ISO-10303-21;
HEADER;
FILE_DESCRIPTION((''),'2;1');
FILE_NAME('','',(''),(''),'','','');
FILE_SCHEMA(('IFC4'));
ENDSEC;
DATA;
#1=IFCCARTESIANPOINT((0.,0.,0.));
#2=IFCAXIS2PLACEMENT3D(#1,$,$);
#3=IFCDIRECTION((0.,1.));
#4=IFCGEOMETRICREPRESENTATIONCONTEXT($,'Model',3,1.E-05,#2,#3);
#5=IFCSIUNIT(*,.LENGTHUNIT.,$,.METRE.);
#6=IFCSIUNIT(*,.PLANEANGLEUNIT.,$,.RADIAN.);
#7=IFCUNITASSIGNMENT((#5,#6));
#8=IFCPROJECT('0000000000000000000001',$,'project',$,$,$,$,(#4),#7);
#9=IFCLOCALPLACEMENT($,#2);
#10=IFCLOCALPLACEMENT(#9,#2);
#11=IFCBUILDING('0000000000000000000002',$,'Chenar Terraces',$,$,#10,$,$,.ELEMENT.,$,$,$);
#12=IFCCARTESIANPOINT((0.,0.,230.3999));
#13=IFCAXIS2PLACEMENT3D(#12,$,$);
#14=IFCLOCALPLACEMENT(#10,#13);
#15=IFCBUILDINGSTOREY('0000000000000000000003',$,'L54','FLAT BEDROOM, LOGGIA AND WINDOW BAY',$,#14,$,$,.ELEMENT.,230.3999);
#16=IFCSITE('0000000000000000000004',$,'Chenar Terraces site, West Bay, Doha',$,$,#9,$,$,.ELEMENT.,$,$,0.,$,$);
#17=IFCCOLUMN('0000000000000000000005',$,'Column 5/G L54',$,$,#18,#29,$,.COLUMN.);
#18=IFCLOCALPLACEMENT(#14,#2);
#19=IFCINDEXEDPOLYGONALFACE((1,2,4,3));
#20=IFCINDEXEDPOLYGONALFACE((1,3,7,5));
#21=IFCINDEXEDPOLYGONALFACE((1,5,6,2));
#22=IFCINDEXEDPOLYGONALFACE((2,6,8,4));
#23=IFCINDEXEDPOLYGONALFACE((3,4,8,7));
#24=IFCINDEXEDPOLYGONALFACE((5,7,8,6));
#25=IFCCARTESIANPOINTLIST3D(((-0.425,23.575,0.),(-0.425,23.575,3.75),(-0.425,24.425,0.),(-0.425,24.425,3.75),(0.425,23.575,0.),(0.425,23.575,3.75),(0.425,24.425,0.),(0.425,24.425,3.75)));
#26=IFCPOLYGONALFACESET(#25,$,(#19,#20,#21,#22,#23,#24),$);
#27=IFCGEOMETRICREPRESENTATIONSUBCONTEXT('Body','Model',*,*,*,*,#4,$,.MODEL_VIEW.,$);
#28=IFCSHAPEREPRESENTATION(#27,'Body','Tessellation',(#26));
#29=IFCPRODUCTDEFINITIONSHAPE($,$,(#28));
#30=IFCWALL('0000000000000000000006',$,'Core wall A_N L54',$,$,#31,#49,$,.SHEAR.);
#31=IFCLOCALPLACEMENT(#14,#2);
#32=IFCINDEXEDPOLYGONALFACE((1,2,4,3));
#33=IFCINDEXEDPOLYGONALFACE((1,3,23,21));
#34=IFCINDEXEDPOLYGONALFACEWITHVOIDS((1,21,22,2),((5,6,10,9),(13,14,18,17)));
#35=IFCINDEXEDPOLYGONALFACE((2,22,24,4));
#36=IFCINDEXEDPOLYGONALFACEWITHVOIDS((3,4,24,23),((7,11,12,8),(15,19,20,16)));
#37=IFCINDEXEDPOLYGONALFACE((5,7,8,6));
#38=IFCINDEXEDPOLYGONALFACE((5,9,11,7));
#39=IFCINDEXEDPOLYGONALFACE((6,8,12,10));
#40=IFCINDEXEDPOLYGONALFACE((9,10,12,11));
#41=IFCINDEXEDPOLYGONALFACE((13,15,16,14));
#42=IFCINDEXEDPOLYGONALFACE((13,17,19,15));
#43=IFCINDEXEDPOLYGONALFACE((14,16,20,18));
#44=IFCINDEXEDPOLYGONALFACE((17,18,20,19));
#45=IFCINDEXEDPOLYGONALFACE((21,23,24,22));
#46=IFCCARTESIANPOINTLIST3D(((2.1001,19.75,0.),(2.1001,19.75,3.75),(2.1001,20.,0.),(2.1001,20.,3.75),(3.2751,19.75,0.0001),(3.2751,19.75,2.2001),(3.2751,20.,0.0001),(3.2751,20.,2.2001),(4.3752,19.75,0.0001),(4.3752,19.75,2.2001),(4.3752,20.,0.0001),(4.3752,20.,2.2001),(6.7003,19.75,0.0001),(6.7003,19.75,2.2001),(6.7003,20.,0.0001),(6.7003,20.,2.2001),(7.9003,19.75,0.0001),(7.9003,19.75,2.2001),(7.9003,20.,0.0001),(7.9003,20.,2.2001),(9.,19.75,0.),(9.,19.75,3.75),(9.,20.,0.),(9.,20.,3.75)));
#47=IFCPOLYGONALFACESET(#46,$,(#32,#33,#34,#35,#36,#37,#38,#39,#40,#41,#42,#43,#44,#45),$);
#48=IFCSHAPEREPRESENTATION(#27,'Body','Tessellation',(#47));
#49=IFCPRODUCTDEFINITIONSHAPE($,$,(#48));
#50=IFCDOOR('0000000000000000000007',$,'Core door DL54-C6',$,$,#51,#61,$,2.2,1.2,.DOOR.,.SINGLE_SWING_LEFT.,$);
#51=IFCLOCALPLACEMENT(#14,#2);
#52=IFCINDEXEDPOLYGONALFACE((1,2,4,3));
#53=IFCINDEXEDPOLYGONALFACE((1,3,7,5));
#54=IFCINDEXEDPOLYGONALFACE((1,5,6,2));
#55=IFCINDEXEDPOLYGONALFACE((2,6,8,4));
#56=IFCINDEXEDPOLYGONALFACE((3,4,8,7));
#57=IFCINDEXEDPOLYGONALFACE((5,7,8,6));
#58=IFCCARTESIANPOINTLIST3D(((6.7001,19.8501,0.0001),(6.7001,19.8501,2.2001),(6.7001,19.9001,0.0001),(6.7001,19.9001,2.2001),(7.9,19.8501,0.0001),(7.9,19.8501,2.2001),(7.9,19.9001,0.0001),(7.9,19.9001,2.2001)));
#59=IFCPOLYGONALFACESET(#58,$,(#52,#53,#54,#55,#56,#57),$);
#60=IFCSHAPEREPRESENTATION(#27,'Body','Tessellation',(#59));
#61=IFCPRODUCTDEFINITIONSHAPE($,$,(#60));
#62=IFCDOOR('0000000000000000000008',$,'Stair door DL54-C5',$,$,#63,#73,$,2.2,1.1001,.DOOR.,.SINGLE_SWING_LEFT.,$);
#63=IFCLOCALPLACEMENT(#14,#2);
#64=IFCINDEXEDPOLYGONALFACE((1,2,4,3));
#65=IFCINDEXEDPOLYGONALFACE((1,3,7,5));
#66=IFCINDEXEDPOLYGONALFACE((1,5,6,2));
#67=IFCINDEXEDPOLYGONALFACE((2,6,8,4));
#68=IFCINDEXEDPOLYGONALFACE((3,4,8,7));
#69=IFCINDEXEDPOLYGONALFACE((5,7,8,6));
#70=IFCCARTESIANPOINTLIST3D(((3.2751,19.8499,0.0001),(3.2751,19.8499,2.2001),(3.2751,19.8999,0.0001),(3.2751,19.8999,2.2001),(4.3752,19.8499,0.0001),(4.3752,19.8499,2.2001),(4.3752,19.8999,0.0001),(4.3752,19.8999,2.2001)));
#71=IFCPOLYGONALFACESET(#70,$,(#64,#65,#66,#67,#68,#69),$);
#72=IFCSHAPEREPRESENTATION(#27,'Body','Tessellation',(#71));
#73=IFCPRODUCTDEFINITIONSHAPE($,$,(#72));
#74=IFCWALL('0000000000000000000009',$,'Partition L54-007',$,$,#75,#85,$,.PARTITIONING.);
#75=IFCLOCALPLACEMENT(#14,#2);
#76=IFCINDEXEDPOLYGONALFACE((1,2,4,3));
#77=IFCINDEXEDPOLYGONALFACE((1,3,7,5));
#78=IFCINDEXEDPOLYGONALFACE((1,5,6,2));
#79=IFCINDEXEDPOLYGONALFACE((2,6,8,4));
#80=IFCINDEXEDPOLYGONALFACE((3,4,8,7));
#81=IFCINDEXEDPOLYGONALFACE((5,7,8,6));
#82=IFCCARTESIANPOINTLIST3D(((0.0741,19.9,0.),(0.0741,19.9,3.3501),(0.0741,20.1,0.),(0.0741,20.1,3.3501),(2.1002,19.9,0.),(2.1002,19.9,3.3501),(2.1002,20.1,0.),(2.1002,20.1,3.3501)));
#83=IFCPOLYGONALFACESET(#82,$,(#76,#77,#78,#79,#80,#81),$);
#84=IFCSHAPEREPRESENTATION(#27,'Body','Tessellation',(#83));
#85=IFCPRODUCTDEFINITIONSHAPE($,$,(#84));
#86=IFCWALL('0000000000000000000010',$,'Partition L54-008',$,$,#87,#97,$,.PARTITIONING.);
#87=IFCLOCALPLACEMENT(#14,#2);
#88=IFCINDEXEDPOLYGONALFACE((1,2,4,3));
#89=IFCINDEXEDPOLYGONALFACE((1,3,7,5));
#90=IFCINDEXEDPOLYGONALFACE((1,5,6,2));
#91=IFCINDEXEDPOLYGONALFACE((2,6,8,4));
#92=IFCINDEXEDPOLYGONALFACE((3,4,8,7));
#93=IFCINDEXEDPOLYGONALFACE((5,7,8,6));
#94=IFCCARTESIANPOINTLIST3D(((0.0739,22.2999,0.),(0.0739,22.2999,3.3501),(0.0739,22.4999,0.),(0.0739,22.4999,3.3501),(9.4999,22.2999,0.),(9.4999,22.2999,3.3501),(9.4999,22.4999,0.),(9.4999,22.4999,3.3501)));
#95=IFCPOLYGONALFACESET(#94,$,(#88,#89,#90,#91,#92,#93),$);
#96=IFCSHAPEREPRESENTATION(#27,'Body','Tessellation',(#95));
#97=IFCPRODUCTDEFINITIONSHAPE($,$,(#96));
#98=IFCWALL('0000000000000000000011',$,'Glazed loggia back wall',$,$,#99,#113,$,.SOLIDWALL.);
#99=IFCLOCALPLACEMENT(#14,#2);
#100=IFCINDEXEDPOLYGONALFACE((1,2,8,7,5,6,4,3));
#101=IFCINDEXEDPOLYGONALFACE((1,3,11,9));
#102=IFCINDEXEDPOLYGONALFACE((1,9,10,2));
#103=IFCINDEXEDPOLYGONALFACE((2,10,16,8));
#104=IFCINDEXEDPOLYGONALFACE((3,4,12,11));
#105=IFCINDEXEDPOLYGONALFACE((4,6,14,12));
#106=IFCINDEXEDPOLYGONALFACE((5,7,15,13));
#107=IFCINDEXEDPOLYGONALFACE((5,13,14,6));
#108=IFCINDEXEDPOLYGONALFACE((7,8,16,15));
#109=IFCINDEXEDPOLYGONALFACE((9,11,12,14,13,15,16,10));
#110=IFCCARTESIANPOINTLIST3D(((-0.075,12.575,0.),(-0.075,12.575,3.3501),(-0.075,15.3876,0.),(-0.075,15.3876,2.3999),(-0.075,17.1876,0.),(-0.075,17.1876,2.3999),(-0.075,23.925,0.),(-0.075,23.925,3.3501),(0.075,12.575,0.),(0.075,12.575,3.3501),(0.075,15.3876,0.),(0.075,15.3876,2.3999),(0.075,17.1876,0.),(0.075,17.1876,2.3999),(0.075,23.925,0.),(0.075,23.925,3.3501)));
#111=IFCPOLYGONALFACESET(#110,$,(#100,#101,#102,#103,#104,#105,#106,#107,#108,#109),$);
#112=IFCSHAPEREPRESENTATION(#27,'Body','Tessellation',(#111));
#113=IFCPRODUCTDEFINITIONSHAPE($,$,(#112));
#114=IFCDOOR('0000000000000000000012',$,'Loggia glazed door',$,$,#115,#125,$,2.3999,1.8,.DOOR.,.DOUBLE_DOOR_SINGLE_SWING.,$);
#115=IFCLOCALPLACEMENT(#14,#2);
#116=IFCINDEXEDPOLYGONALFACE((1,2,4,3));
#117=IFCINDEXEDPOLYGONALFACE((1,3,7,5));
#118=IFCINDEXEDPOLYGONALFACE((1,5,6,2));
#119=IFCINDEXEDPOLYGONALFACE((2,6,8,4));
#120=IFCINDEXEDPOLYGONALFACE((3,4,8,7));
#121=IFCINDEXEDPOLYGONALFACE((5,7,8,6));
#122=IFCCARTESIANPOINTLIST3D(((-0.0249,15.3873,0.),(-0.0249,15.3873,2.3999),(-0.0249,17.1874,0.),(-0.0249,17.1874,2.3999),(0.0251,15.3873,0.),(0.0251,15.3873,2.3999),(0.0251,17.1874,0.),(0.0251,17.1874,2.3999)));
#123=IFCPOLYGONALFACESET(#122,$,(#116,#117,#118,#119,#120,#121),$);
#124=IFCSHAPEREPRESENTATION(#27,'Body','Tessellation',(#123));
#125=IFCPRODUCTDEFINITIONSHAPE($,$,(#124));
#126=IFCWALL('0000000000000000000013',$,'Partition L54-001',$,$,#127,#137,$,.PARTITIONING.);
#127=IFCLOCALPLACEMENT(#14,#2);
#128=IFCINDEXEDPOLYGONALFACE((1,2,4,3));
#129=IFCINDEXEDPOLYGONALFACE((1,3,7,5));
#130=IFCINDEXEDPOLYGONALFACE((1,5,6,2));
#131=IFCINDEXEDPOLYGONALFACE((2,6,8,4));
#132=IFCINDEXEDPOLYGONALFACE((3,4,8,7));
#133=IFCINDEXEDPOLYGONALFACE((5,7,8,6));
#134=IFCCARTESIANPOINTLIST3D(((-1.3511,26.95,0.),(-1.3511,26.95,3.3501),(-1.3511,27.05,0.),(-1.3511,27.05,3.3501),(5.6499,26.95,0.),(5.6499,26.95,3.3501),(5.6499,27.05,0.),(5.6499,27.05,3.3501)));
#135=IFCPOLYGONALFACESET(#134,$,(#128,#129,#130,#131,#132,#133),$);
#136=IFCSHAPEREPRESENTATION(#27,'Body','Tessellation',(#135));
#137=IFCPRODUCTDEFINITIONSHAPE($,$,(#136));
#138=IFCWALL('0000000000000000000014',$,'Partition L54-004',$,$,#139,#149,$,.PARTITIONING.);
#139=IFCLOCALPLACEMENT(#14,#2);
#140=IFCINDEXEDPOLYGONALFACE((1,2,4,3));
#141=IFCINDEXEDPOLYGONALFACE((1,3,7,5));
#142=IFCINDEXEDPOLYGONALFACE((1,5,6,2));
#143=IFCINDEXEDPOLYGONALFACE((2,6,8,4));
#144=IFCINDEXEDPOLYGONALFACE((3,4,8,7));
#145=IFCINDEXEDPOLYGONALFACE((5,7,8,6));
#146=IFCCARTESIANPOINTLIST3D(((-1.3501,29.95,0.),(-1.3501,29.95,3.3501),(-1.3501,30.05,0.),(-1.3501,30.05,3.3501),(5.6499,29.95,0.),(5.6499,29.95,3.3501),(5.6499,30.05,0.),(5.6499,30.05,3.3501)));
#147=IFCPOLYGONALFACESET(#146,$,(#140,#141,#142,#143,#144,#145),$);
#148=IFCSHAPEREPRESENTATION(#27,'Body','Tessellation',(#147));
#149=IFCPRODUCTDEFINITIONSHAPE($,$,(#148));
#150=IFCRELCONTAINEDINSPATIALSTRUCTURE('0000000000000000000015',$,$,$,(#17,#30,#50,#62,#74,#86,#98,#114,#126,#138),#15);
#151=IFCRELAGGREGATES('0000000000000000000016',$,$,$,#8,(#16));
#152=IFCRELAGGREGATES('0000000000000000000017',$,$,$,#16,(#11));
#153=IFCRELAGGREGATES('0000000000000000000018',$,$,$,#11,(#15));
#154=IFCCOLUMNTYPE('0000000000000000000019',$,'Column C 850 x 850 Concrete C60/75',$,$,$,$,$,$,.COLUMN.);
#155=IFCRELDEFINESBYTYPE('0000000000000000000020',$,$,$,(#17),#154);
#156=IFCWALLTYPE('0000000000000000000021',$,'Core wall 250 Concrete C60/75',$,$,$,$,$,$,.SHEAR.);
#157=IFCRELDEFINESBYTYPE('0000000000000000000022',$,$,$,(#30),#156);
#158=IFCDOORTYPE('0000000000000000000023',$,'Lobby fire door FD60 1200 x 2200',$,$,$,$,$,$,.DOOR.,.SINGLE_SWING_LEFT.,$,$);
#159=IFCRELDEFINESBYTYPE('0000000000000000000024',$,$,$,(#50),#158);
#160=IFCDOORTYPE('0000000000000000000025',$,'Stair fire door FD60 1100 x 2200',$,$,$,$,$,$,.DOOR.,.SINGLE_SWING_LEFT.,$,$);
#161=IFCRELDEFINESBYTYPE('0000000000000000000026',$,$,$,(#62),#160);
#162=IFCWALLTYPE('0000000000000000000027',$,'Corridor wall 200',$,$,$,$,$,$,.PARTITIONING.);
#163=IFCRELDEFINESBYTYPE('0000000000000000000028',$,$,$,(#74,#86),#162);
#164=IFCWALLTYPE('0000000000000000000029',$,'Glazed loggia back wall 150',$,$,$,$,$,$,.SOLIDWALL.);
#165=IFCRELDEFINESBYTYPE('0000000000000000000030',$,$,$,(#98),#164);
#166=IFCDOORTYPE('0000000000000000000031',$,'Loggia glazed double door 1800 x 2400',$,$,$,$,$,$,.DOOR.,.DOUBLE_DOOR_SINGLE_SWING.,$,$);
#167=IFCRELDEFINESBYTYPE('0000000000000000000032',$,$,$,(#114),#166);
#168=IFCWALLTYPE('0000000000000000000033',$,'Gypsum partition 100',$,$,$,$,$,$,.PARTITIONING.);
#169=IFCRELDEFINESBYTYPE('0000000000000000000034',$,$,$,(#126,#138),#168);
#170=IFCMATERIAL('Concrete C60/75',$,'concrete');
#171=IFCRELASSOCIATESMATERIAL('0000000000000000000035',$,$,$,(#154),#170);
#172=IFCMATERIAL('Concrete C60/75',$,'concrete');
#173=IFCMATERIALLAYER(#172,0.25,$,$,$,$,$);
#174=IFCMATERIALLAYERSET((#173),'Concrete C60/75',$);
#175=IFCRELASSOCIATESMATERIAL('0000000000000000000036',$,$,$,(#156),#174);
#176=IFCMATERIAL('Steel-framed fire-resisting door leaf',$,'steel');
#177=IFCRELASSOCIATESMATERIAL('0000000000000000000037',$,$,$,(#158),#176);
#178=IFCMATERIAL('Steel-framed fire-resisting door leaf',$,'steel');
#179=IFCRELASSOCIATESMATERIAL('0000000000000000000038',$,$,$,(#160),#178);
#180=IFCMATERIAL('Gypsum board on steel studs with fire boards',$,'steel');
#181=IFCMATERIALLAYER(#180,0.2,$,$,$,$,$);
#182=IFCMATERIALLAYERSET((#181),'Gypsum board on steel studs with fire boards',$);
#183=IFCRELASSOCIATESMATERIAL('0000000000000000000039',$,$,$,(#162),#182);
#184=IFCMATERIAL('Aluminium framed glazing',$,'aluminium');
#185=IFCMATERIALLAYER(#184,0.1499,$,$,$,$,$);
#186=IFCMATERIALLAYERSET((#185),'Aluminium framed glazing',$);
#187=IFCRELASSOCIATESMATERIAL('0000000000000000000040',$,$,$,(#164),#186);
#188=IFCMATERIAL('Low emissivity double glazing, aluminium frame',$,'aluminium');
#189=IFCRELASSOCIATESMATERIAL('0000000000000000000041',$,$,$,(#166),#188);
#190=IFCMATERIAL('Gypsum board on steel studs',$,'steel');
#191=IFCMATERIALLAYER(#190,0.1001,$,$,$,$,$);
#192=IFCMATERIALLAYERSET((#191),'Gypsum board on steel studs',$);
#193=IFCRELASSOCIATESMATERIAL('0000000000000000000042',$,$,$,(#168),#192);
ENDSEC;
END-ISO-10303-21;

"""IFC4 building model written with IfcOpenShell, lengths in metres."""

from ifc_helpers import new_model, si_unit, direction, frame, frame_2d, origin, origin_2d, place, context, subcontext, project, spatial, rectangle, extrude, material, layer, layer_set, material_profile, profile_set, type_object, element, fill, save


model = new_model("IFC4")

# Units and contexts
model_context = context("Model", 3, precision=1e-05, world=origin(), true_north=direction((0.0, 1.0)))
body_context = subcontext(model_context, "Body", "Model", "MODEL_VIEW")
ifc_project = project(units=[si_unit("LENGTHUNIT", "METRE"), si_unit("PLANEANGLEUNIT", "RADIAN")], contexts=[model_context])

# Site, building, storey
site_placement = place(None, origin())
site = spatial("IfcSite", under=ifc_project, at=site_placement, Name="Chenar Terraces site, West Bay, Doha", CompositionType="ELEMENT", RefElevation=0.0)
building_placement = place(site_placement, origin())
building = spatial("IfcBuilding", under=site, at=building_placement, Name="Chenar Terraces", CompositionType="ELEMENT")
storey_placement = place(building_placement, frame((0.0, 0.0, 230.3999)))
storey = spatial("IfcBuildingStorey", under=building, at=storey_placement, Name="L54", Description="FLAT BEDROOM, LOGGIA AND WINDOW BAY", CompositionType="ELEMENT", Elevation=230.3999)

# Column
ifc_material_1 = material(Name="Concrete C60/75", Category="concrete")
ifc_material_profile = material_profile(ifc_material_1, rectangle(XDim=0.8501, YDim=0.8501, at=origin_2d()), Name="C 850 x 850")
ifc_profile_set = profile_set([ifc_material_profile], Name="Concrete C60/75")
column_type = type_object("IfcColumnType", Name="Column C 850 x 850 Concrete C60/75", PredefinedType="COLUMN", material=ifc_profile_set)
column_placement = place(storey_placement, frame((0.0, 24.0, 0.0), z_axis=(0.0, 0.0, 1.0), x_axis=(1.0, 0.0, 0.0)))
element("IfcColumn", 1, at=column_placement, inside=storey, type_object=column_type, Name="Column 5/G L54", PredefinedType="COLUMN", context=body_context, shape_type="SweptSolid", body=[
    extrude(rectangle(XDim=0.8501, YDim=0.8501, at=origin_2d()), origin(), (0.0, 0.0, 1.0), 3.75),
])

# Wall, openings, doors
ifc_material_2 = material(Name="Concrete C60/75", Category="concrete")
ifc_layer_1 = layer(ifc_material_2, 0.25)
ifc_layer_set_1 = layer_set([ifc_layer_1], Name="Concrete C60/75")
wall_type_1 = type_object("IfcWallType", Name="Core wall 250 Concrete C60/75", PredefinedType="SHEAR", material=ifc_layer_set_1)
wall_1_placement = place(storey_placement, frame((2.1001, 19.875, 0.0), z_axis=(0.0, 0.0, 1.0), x_axis=(1.0, 0.0, 0.0)))
wall_1 = element("IfcWall", 2, at=wall_1_placement, inside=storey, type_object=wall_type_1, Name="Core wall A_N L54", PredefinedType="SHEAR", context=body_context, shape_type="SweptSolid", body=[
    extrude(rectangle(XDim=6.8999, YDim=0.25, at=frame_2d((3.45, 0.0))), origin(), (0.0, 0.0, 1.0), 3.75),
])
opening_1_placement = place(wall_1_placement, frame((1.175, 0.0, 0.0)))
opening_1 = element("IfcOpeningElement", 3, at=opening_1_placement, cuts=wall_1, PredefinedType="OPENING", context=body_context, shape_type="SweptSolid", body=[
    extrude(rectangle(XDim=1.1001, YDim=2.2, at=frame_2d((0.55, 1.1001))), frame((0.0, 0.135, 0.0), z_axis=(0.0, -1.0, 0.0), x_axis=(1.0, 0.0, 0.0)), (0.0, 0.0, 1.0), 0.27),
])
opening_2_placement = place(wall_1_placement, frame((4.6001, 0.0, 0.0)))
opening_2 = element("IfcOpeningElement", 4, at=opening_2_placement, cuts=wall_1, PredefinedType="OPENING", context=body_context, shape_type="SweptSolid", body=[
    extrude(rectangle(XDim=1.2, YDim=2.2, at=frame_2d((0.6001, 1.1001))), frame((0.0, 0.135, 0.0), z_axis=(0.0, -1.0, 0.0), x_axis=(1.0, 0.0, 0.0)), (0.0, 0.0, 1.0), 0.27),
])
ifc_material_3 = material(Name="Steel-framed fire-resisting door leaf", Category="steel")
door_type_1 = type_object("IfcDoorType", Name="Lobby fire door FD60 1200 x 2200", OperationType="SINGLE_SWING_LEFT", PredefinedType="DOOR", material=ifc_material_3)
door_1_placement = place(opening_2_placement, frame((1.2, 0.0, 0.0), z_axis=(0.0, 0.0, 1.0), x_axis=(-1.0, 0.0, 0.0)))
door_1 = element("IfcDoor", 5, at=door_1_placement, inside=storey, type_object=door_type_1, Name="Core door DL54-C6", OperationType="SINGLE_SWING_LEFT", OverallHeight=2.2, OverallWidth=1.2, PredefinedType="DOOR", context=body_context, shape_type="SweptSolid", body=[
    extrude(rectangle(XDim=1.2, YDim=2.2, at=frame_2d((0.6001, 1.1001))), frame((0.0, 0.0249, 0.0), z_axis=(0.0, -1.0, 0.0), x_axis=(1.0, 0.0, 0.0)), (0.0, 0.0, 1.0), 0.05),
])
fill(opening_2, door_1)
ifc_material_4 = material(Name="Steel-framed fire-resisting door leaf", Category="steel")
door_type_2 = type_object("IfcDoorType", Name="Stair fire door FD60 1100 x 2200", OperationType="SINGLE_SWING_LEFT", PredefinedType="DOOR", material=ifc_material_4)
door_2_placement = place(opening_1_placement, origin())
door_2 = element("IfcDoor", 6, at=door_2_placement, inside=storey, type_object=door_type_2, Name="Stair door DL54-C5", OperationType="SINGLE_SWING_LEFT", OverallHeight=2.2, OverallWidth=1.1001, PredefinedType="DOOR", context=body_context, shape_type="SweptSolid", body=[
    extrude(rectangle(XDim=1.1001, YDim=2.2, at=frame_2d((0.55, 1.1001))), frame((0.0, 0.0249, 0.0), z_axis=(0.0, -1.0, 0.0), x_axis=(1.0, 0.0, 0.0)), (0.0, 0.0, 1.0), 0.05),
])
fill(opening_1, door_2)

# Walls
ifc_material_5 = material(Name="Gypsum board on steel studs with fire boards", Category="steel")
ifc_layer_2 = layer(ifc_material_5, 0.2)
ifc_layer_set_2 = layer_set([ifc_layer_2], Name="Gypsum board on steel studs with fire boards")
wall_type_2 = type_object("IfcWallType", Name="Corridor wall 200", PredefinedType="PARTITIONING", material=ifc_layer_set_2)
wall_2_placement = place(storey_placement, frame((0.074, 20.0, 0.0), z_axis=(0.0, 0.0, 1.0), x_axis=(1.0, 0.0, 0.0)))
element("IfcWall", 7, at=wall_2_placement, inside=storey, type_object=wall_type_2, Name="Partition L54-007", PredefinedType="PARTITIONING", context=body_context, shape_type="SweptSolid", body=[
    extrude(rectangle(XDim=2.0261, YDim=0.2, at=frame_2d((1.0132, 0.0))), origin(), (0.0, 0.0, 1.0), 3.3501),
])
wall_3_placement = place(storey_placement, frame((0.074, 22.3999, 0.0), z_axis=(0.0, 0.0, 1.0), x_axis=(1.0, 0.0, 0.0)))
element("IfcWall", 8, at=wall_3_placement, inside=storey, type_object=wall_type_2, Name="Partition L54-008", PredefinedType="PARTITIONING", context=body_context, shape_type="SweptSolid", body=[
    extrude(rectangle(XDim=9.426, YDim=0.2, at=frame_2d((4.7129, 0.0))), origin(), (0.0, 0.0, 1.0), 3.3501),
])

# Wall, opening, door
ifc_material_6 = material(Name="Aluminium framed glazing", Category="aluminium")
ifc_layer_3 = layer(ifc_material_6, 0.1499)
ifc_layer_set_3 = layer_set([ifc_layer_3], Name="Aluminium framed glazing")
wall_type_3 = type_object("IfcWallType", Name="Glazed loggia back wall 150", PredefinedType="SOLIDWALL", material=ifc_layer_set_3)
wall_4_placement = place(storey_placement, frame((0.0, 23.925, 0.0), z_axis=(0.0, 0.0, 1.0), x_axis=(0.0, -1.0, 0.0)))
wall_4 = element("IfcWall", 9, at=wall_4_placement, inside=storey, type_object=wall_type_3, Name="Glazed loggia back wall", PredefinedType="SOLIDWALL", context=body_context, shape_type="SweptSolid", body=[
    extrude(rectangle(XDim=11.3501, YDim=0.1499, at=frame_2d((5.675, 0.0))), origin(), (0.0, 0.0, 1.0), 3.3501),
])
opening_3_placement = place(wall_4_placement, frame((6.7375, 0.0, 0.0)))
opening_3 = element("IfcOpeningElement", 10, at=opening_3_placement, cuts=wall_4, PredefinedType="OPENING", context=body_context, shape_type="SweptSolid", body=[
    extrude(rectangle(XDim=1.8, YDim=2.3999, at=frame_2d((0.8999, 1.2))), frame((0.0, 0.085, 0.0), z_axis=(0.0, -1.0, 0.0), x_axis=(1.0, 0.0, 0.0)), (0.0, 0.0, 1.0), 0.1699),
])
ifc_material_7 = material(Name="Low emissivity double glazing, aluminium frame", Category="aluminium")
door_type_3 = type_object("IfcDoorType", Name="Loggia glazed double door 1800 x 2400", OperationType="DOUBLE_DOOR_SINGLE_SWING", PredefinedType="DOOR", material=ifc_material_7)
door_3_placement = place(opening_3_placement, frame((1.8, 0.0, 0.0), z_axis=(0.0, 0.0, 1.0), x_axis=(-1.0, 0.0, 0.0)))
door_3 = element("IfcDoor", 11, at=door_3_placement, inside=storey, type_object=door_type_3, Name="Loggia glazed door", OperationType="DOUBLE_DOOR_SINGLE_SWING", OverallHeight=2.3999, OverallWidth=1.8, PredefinedType="DOOR", context=body_context, shape_type="SweptSolid", body=[
    extrude(rectangle(XDim=1.8, YDim=2.3999, at=frame_2d((0.8999, 1.2))), frame((0.0, 0.0249, 0.0), z_axis=(0.0, -1.0, 0.0), x_axis=(1.0, 0.0, 0.0)), (0.0, 0.0, 1.0), 0.05),
])
fill(opening_3, door_3)

# Walls
ifc_material_8 = material(Name="Gypsum board on steel studs", Category="steel")
ifc_layer_4 = layer(ifc_material_8, 0.1001)
ifc_layer_set_4 = layer_set([ifc_layer_4], Name="Gypsum board on steel studs")
wall_type_4 = type_object("IfcWallType", Name="Gypsum partition 100", PredefinedType="PARTITIONING", material=ifc_layer_set_4)
wall_5_placement = place(storey_placement, frame((-1.3511, 27.0, 0.0), z_axis=(0.0, 0.0, 1.0), x_axis=(1.0, 0.0, 0.0)))
element("IfcWall", 12, at=wall_5_placement, inside=storey, type_object=wall_type_4, Name="Partition L54-001", PredefinedType="PARTITIONING", context=body_context, shape_type="SweptSolid", body=[
    extrude(rectangle(XDim=7.001, YDim=0.1001, at=frame_2d((3.5005, 0.0))), origin(), (0.0, 0.0, 1.0), 3.3501),
])
wall_6_placement = place(storey_placement, frame((-1.3501, 30.0, 0.0), z_axis=(0.0, 0.0, 1.0), x_axis=(1.0, 0.0, 0.0)))
element("IfcWall", 13, at=wall_6_placement, inside=storey, type_object=wall_type_4, Name="Partition L54-004", PredefinedType="PARTITIONING", context=body_context, shape_type="SweptSolid", body=[
    extrude(rectangle(XDim=7.0, YDim=0.1001, at=frame_2d((3.5, 0.0))), origin(), (0.0, 0.0, 1.0), 3.3501),
])

save(model, "model.ifc")
